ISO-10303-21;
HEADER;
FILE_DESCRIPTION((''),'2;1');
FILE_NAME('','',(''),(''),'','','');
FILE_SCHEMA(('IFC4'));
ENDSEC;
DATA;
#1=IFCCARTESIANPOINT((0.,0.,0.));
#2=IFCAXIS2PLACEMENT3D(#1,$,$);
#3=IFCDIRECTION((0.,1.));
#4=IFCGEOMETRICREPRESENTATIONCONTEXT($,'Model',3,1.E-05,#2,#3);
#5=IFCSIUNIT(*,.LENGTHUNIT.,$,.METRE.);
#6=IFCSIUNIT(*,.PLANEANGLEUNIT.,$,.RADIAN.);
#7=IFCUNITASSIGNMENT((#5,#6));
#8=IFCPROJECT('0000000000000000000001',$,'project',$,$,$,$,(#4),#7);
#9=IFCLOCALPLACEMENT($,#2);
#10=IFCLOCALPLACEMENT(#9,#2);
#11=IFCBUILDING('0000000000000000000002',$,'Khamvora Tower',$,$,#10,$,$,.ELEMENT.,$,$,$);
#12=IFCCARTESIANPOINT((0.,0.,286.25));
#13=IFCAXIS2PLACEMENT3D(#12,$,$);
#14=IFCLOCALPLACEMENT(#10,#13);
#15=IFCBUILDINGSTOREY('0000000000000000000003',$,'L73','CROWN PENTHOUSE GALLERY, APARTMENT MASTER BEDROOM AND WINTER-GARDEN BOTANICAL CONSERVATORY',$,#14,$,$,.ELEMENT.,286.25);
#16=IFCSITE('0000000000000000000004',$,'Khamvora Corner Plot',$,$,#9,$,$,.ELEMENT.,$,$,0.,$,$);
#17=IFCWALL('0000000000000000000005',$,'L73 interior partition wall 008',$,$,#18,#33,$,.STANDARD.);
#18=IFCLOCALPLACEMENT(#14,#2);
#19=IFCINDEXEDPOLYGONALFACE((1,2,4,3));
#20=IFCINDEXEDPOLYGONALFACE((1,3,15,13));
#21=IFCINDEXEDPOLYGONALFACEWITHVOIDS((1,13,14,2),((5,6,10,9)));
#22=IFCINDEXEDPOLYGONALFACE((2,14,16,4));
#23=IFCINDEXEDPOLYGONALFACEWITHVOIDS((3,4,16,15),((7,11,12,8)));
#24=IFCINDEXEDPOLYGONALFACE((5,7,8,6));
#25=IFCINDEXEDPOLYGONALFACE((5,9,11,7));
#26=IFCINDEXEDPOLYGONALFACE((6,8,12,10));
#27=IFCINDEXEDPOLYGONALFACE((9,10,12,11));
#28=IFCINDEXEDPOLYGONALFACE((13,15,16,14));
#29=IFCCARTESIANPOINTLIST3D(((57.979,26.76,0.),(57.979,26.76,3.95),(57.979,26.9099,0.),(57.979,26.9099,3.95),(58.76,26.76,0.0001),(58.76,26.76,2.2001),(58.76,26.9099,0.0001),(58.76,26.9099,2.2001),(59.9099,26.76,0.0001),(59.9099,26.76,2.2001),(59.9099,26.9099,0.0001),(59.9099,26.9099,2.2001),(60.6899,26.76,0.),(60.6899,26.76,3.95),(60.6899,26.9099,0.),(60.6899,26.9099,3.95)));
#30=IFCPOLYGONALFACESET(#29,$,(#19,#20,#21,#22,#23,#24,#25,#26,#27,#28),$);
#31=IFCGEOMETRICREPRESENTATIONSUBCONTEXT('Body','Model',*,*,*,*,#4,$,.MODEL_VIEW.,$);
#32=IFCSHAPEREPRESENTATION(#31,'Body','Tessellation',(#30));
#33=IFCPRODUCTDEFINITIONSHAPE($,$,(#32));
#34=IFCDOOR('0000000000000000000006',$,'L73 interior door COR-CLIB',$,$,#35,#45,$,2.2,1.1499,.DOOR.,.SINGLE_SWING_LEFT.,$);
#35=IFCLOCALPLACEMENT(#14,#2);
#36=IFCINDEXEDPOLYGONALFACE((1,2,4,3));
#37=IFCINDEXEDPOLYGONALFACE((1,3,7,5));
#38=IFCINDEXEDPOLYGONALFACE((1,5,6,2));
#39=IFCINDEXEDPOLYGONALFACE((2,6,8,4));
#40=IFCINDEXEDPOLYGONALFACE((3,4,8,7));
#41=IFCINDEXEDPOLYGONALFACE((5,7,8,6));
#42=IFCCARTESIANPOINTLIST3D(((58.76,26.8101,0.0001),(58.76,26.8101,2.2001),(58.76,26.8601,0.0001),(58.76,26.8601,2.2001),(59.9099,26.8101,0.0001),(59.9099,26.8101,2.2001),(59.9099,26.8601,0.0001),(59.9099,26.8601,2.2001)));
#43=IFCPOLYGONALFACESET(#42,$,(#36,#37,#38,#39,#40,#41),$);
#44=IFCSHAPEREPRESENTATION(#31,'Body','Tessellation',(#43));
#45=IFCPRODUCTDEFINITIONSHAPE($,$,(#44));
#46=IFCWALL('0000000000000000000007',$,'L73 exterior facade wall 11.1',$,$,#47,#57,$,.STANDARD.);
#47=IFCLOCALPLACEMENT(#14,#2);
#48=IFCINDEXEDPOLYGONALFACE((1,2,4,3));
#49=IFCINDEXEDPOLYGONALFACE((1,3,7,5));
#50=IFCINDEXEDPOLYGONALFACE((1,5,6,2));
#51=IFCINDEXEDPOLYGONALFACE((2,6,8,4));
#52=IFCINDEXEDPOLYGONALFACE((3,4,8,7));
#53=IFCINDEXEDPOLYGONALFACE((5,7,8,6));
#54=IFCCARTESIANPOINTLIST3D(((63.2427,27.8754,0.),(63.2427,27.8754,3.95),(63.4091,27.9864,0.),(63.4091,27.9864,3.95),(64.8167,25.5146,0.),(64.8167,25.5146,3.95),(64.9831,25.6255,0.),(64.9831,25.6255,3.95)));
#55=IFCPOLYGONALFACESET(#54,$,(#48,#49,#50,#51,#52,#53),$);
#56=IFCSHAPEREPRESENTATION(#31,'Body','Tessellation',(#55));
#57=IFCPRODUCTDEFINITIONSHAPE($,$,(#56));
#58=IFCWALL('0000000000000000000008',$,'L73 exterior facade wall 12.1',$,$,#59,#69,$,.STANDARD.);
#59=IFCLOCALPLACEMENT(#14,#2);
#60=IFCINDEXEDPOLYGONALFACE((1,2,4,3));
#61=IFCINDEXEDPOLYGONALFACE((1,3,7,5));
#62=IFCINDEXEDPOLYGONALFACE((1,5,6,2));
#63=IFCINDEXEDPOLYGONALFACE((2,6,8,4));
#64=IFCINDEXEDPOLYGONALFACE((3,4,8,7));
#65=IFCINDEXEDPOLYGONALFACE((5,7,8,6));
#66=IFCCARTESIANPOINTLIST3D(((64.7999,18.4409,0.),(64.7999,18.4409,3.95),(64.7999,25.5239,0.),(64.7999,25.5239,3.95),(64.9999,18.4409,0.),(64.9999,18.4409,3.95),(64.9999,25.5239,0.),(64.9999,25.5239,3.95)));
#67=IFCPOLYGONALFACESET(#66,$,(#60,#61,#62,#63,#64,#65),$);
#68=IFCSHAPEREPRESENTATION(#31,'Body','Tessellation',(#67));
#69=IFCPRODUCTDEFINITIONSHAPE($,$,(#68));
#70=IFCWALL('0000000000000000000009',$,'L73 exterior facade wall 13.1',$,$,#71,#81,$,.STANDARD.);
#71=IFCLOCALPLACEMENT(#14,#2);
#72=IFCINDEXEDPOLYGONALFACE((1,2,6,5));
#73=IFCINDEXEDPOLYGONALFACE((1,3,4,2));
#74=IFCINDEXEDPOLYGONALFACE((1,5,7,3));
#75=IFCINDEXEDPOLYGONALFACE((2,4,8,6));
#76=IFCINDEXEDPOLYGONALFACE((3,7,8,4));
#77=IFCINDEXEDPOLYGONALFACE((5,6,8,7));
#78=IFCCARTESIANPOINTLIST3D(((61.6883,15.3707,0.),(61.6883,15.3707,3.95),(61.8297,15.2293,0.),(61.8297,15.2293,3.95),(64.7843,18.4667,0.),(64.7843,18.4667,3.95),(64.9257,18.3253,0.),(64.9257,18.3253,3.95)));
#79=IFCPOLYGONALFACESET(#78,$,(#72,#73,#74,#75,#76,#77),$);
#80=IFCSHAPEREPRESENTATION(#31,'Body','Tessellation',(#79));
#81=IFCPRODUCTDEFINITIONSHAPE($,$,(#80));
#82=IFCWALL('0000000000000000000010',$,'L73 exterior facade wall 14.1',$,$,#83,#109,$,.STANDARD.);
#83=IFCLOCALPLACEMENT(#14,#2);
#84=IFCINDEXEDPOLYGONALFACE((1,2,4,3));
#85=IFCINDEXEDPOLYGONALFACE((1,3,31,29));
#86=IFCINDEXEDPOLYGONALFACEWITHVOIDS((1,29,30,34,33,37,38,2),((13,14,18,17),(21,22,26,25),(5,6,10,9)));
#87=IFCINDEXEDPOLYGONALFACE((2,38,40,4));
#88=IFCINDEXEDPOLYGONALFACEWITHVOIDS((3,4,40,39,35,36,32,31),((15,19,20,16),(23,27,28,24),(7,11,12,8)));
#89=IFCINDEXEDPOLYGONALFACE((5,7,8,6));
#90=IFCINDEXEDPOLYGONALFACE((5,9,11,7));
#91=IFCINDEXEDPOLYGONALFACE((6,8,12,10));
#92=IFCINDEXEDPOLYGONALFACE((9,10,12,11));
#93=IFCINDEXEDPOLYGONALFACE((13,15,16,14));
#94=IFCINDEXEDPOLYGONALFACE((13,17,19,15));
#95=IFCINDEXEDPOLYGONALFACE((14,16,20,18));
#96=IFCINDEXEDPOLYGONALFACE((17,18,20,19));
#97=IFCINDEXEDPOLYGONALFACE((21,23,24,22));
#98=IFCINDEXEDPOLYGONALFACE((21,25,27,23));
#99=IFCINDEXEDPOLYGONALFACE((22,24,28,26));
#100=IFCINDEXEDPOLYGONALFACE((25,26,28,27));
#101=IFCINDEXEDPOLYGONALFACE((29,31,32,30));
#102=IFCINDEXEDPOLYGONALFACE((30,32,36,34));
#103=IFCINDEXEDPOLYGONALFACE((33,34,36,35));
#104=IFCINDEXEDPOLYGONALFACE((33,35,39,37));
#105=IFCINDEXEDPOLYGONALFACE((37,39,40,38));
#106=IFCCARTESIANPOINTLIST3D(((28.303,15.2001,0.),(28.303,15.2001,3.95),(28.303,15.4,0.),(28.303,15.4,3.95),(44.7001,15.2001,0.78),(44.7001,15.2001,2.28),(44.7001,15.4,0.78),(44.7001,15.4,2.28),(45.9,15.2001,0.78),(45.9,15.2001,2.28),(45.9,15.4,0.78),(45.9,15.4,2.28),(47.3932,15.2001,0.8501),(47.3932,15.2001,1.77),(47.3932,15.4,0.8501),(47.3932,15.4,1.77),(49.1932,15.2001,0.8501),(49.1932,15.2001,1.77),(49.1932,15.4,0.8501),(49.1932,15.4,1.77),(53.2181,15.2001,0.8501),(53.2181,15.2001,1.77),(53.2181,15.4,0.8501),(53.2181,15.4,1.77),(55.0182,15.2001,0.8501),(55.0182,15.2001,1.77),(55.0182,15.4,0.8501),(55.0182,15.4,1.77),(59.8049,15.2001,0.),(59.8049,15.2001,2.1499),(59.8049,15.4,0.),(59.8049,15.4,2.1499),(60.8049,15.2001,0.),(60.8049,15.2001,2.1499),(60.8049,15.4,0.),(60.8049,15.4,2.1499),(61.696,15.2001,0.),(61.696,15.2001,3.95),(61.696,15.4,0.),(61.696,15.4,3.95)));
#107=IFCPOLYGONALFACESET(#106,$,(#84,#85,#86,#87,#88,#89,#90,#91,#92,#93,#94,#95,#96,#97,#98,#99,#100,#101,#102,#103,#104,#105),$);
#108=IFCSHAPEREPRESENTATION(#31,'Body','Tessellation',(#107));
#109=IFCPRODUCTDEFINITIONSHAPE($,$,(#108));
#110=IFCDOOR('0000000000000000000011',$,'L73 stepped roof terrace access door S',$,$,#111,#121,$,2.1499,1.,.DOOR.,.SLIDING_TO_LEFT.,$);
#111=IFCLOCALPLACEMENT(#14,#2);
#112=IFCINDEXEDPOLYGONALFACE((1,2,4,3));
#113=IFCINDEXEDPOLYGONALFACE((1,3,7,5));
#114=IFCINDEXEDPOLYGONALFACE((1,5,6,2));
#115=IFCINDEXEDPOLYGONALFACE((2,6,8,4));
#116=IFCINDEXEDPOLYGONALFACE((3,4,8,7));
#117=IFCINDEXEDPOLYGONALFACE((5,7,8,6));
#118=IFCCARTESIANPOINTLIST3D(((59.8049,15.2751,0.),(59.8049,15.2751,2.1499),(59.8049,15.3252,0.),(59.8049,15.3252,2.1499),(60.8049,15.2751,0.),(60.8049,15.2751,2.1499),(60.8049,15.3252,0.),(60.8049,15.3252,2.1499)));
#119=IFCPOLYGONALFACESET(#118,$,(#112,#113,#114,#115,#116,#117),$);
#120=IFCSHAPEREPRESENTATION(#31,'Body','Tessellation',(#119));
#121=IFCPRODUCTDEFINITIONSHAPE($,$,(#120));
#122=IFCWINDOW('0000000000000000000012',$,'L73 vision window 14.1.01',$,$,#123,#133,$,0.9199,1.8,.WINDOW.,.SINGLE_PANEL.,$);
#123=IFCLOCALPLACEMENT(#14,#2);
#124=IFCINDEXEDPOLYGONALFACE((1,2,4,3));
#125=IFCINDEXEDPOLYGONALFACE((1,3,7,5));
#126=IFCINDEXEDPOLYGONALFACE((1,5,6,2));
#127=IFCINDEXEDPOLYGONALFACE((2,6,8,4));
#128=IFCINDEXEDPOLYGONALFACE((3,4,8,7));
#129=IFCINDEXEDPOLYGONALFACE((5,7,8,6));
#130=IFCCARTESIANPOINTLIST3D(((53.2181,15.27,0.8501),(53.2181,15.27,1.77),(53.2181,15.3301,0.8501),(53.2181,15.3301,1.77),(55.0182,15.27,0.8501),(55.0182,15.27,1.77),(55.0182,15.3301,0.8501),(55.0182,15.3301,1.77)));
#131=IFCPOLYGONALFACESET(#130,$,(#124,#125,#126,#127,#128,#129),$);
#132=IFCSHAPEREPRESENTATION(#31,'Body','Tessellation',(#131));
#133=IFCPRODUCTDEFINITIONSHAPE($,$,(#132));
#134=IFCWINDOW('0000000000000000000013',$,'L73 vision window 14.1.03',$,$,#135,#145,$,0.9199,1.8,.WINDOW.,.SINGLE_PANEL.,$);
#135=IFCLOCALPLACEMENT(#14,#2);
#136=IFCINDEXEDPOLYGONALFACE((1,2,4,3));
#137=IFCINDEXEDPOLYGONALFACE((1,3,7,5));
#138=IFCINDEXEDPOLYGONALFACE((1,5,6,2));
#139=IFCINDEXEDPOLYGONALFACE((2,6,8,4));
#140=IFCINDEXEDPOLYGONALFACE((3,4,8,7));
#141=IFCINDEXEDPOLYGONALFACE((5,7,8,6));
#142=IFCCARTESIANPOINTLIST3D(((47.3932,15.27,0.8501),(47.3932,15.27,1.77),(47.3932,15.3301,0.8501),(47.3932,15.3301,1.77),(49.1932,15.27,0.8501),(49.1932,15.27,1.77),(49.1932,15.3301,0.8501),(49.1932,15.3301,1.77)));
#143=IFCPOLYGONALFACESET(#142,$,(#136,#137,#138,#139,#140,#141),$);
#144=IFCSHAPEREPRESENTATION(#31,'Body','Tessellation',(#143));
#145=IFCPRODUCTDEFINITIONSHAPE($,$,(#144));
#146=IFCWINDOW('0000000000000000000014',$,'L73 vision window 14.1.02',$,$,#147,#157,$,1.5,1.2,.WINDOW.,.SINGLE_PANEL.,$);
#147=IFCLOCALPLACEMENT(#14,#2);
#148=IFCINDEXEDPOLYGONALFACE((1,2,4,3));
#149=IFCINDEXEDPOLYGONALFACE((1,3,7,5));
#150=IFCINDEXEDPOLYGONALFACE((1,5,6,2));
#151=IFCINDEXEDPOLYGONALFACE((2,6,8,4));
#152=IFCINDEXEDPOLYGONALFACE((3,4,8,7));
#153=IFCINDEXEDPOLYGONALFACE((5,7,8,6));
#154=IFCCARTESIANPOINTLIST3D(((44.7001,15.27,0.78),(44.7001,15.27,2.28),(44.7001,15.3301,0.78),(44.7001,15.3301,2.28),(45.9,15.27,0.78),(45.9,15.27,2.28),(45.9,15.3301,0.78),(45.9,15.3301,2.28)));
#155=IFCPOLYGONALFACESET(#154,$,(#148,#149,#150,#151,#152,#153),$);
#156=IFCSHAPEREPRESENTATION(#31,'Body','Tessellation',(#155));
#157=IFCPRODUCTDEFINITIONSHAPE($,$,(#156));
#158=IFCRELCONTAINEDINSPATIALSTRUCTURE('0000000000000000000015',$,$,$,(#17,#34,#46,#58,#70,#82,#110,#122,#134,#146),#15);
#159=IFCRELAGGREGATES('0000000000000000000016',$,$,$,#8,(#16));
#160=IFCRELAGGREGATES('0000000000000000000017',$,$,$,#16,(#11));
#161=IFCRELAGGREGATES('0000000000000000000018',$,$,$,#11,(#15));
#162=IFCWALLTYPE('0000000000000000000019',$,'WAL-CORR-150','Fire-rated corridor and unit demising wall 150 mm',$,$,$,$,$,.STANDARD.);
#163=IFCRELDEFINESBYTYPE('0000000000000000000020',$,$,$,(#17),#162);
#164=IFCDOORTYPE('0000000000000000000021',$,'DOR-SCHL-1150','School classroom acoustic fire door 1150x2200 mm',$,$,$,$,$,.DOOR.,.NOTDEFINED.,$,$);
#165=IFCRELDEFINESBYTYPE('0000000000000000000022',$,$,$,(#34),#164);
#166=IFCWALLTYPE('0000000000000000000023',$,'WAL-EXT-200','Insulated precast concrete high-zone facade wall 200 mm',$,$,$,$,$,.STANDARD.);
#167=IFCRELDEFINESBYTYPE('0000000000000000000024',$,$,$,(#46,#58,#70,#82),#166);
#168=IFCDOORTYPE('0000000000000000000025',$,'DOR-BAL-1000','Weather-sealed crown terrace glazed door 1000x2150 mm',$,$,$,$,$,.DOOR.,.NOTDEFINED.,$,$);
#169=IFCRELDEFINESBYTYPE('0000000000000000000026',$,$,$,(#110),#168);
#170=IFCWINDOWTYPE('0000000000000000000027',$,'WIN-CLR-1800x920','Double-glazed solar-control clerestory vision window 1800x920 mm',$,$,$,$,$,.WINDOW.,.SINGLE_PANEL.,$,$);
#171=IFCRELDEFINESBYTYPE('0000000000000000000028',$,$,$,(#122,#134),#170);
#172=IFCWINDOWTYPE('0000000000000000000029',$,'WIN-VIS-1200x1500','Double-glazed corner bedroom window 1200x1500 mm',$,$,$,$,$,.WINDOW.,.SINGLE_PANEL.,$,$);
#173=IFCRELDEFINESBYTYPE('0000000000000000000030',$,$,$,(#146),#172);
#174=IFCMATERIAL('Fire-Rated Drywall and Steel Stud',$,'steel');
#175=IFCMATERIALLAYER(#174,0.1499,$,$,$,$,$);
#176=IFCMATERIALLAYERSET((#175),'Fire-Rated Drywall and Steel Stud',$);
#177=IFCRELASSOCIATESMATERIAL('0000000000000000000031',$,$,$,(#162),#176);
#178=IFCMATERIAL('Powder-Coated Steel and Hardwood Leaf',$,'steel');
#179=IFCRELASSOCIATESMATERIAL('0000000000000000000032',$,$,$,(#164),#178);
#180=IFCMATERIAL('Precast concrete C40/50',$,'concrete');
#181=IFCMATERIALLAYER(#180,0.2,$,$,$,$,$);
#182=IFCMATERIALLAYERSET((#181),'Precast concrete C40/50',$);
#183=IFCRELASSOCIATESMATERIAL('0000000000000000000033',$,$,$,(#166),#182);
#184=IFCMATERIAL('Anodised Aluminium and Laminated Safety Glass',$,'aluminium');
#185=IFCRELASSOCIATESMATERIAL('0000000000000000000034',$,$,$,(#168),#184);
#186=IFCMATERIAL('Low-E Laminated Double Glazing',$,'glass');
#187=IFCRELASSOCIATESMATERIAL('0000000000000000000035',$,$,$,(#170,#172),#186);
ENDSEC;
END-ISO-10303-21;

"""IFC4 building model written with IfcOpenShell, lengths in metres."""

from ifc_helpers import new_model, si_unit, direction, frame, frame_2d, origin, place, context, subcontext, project, spatial, rectangle, extrude, material, layer, layer_set, type_object, element, fill, save


model = new_model("IFC4")

# Units and contexts
model_context = context("Model", 3, precision=1e-05, world=origin(), true_north=direction((0.0, 1.0)))
body_context = subcontext(model_context, "Body", "Model", "MODEL_VIEW")
ifc_project = project(units=[si_unit("LENGTHUNIT", "METRE"), si_unit("PLANEANGLEUNIT", "RADIAN")], contexts=[model_context])

# Site, building, storey
site_placement = place(None, origin())
site = spatial("IfcSite", under=ifc_project, at=site_placement, Name="Khamvora Corner Plot", CompositionType="ELEMENT", RefElevation=0.0)
building_placement = place(site_placement, origin())
building = spatial("IfcBuilding", under=site, at=building_placement, Name="Khamvora Tower", CompositionType="ELEMENT")
storey_placement = place(building_placement, frame((0.0, 0.0, 286.25)))
storey = spatial("IfcBuildingStorey", under=building, at=storey_placement, Name="L73", Description="CROWN PENTHOUSE GALLERY, APARTMENT MASTER BEDROOM AND WINTER-GARDEN BOTANICAL CONSERVATORY", CompositionType="ELEMENT", Elevation=286.25)

# Wall, opening, door
ifc_material_1 = material(Name="Fire-Rated Drywall and Steel Stud", Category="steel")
ifc_layer_1 = layer(ifc_material_1, 0.1499)
ifc_layer_set_1 = layer_set([ifc_layer_1], Name="Fire-Rated Drywall and Steel Stud")
wall_type_1 = type_object("IfcWallType", Name="WAL-CORR-150", Description="Fire-rated corridor and unit demising wall 150 mm", PredefinedType="STANDARD", material=ifc_layer_set_1)
wall_1_placement = place(storey_placement, frame((60.6899, 26.835, 0.0), z_axis=(0.0, 0.0, 1.0), x_axis=(-1.0, 0.0, 0.0)))
wall_1 = element("IfcWall", 1, at=wall_1_placement, inside=storey, type_object=wall_type_1, Name="L73 interior partition wall 008", PredefinedType="STANDARD", context=body_context, shape_type="SweptSolid", body=[
    extrude(rectangle(XDim=2.7109, YDim=0.1499, at=frame_2d((1.3555, 0.0))), origin(), (0.0, 0.0, 1.0), 3.95),
])
opening_1_placement = place(wall_1_placement, frame((0.78, 0.0, 0.0)))
opening_1 = element("IfcOpeningElement", 2, at=opening_1_placement, cuts=wall_1, PredefinedType="OPENING", context=body_context, shape_type="SweptSolid", body=[
    extrude(rectangle(XDim=1.1499, YDim=2.2, at=frame_2d((0.575, 1.1001))), frame((0.0, 0.085, 0.0), z_axis=(0.0, -1.0, 0.0), x_axis=(1.0, 0.0, 0.0)), (0.0, 0.0, 1.0), 0.1699),
])
ifc_material_2 = material(Name="Powder-Coated Steel and Hardwood Leaf", Category="steel")
door_type_1 = type_object("IfcDoorType", Name="DOR-SCHL-1150", Description="School classroom acoustic fire door 1150x2200 mm", OperationType="NOTDEFINED", PredefinedType="DOOR", material=ifc_material_2)
door_1_placement = place(opening_1_placement, origin())
door_1 = element("IfcDoor", 3, at=door_1_placement, inside=storey, type_object=door_type_1, Name="L73 interior door COR-CLIB", OperationType="SINGLE_SWING_LEFT", OverallHeight=2.2, OverallWidth=1.1499, PredefinedType="DOOR", context=body_context, shape_type="SweptSolid", body=[
    extrude(rectangle(XDim=1.1499, YDim=2.2, at=frame_2d((0.575, 1.1001))), frame((0.0, 0.0249, 0.0), z_axis=(0.0, -1.0, 0.0), x_axis=(1.0, 0.0, 0.0)), (0.0, 0.0, 1.0), 0.05),
])
fill(opening_1, door_1)

# Walls
ifc_material_3 = material(Name="Precast concrete C40/50", Category="concrete")
ifc_layer_2 = layer(ifc_material_3, 0.2)
ifc_layer_set_2 = layer_set([ifc_layer_2], Name="Precast concrete C40/50")
wall_type_2 = type_object("IfcWallType", Name="WAL-EXT-200", Description="Insulated precast concrete high-zone facade wall 200 mm", PredefinedType="STANDARD", material=ifc_layer_set_2)
wall_2_placement = place(storey_placement, frame((63.3259, 27.9309, 0.0), z_axis=(0.0, 0.0, 1.0), x_axis=(0.55472, -0.832037, 0.0)))
element("IfcWall", 4, at=wall_2_placement, inside=storey, type_object=wall_type_2, Name="L73 exterior facade wall 11.1", PredefinedType="STANDARD", context=body_context, shape_type="SweptSolid", body=[
    extrude(rectangle(XDim=2.8374, YDim=0.2, at=frame_2d((1.4187, 0.0))), origin(), (0.0, 0.0, 1.0), 3.95),
])
wall_3_placement = place(storey_placement, frame((64.8999, 25.5239, 0.0), z_axis=(0.0, 0.0, 1.0), x_axis=(0.0, -1.0, 0.0)))
element("IfcWall", 5, at=wall_3_placement, inside=storey, type_object=wall_type_2, Name="L73 exterior facade wall 12.1", PredefinedType="STANDARD", context=body_context, shape_type="SweptSolid", body=[
    extrude(rectangle(XDim=7.083, YDim=0.2, at=frame_2d((3.5415, 0.0))), origin(), (0.0, 0.0, 1.0), 3.95),
])
wall_4_placement = place(storey_placement, frame((64.855, 18.396, 0.0), z_axis=(0.0, 0.0, 1.0), x_axis=(-0.707107, -0.707107, 0.0)))
element("IfcWall", 6, at=wall_4_placement, inside=storey, type_object=wall_type_2, Name="L73 exterior facade wall 13.1", PredefinedType="STANDARD", context=body_context, shape_type="SweptSolid", body=[
    extrude(rectangle(XDim=4.3784, YDim=0.2, at=frame_2d((2.1892, 0.0))), origin(), (0.0, 0.0, 1.0), 3.95),
])

# Wall, openings, door, windows
wall_5_placement = place(storey_placement, frame((61.696, 15.3, 0.0), z_axis=(0.0, 0.0, 1.0), x_axis=(-1.0, 0.0, 0.0)))
wall_5 = element("IfcWall", 7, at=wall_5_placement, inside=storey, type_object=wall_type_2, Name="L73 exterior facade wall 14.1", PredefinedType="STANDARD", context=body_context, shape_type="SweptSolid", body=[
    extrude(rectangle(XDim=33.3931, YDim=0.2, at=frame_2d((16.6965, 0.0))), origin(), (0.0, 0.0, 1.0), 3.95),
])
opening_2_placement = place(wall_5_placement, frame((0.8911, 0.0, 0.0)))
opening_2 = element("IfcOpeningElement", 8, at=opening_2_placement, cuts=wall_5, PredefinedType="OPENING", context=body_context, shape_type="SweptSolid", body=[
    extrude(rectangle(XDim=1.0, YDim=2.1499, at=frame_2d((0.5, 1.075))), frame((0.0, 0.1099, 0.0), z_axis=(0.0, -1.0, 0.0), x_axis=(1.0, 0.0, 0.0)), (0.0, 0.0, 1.0), 0.22),
])
opening_3_placement = place(wall_5_placement, frame((6.678, 0.0, 0.8501)))
opening_3 = element("IfcOpeningElement", 9, at=opening_3_placement, cuts=wall_5, PredefinedType="OPENING", context=body_context, shape_type="SweptSolid", body=[
    extrude(rectangle(XDim=1.8, YDim=0.9199, at=frame_2d((0.8999, 0.46))), frame((0.0, 0.1099, 0.0), z_axis=(0.0, -1.0, 0.0), x_axis=(1.0, 0.0, 0.0)), (0.0, 0.0, 1.0), 0.22),
])
opening_4_placement = place(wall_5_placement, frame((15.7959, 0.0, 0.78)))
opening_4 = element("IfcOpeningElement", 10, at=opening_4_placement, cuts=wall_5, PredefinedType="OPENING", context=body_context, shape_type="SweptSolid", body=[
    extrude(rectangle(XDim=1.2, YDim=1.5, at=frame_2d((0.6001, 0.75))), frame((0.0, 0.1099, 0.0), z_axis=(0.0, -1.0, 0.0), x_axis=(1.0, 0.0, 0.0)), (0.0, 0.0, 1.0), 0.22),
])
opening_5_placement = place(wall_5_placement, frame((12.5029, 0.0, 0.8501)))
opening_5 = element("IfcOpeningElement", 11, at=opening_5_placement, cuts=wall_5, PredefinedType="OPENING", context=body_context, shape_type="SweptSolid", body=[
    extrude(rectangle(XDim=1.8, YDim=0.9199, at=frame_2d((0.8999, 0.46))), frame((0.0, 0.1099, 0.0), z_axis=(0.0, -1.0, 0.0), x_axis=(1.0, 0.0, 0.0)), (0.0, 0.0, 1.0), 0.22),
])
ifc_material_4 = material(Name="Anodised Aluminium and Laminated Safety Glass", Category="aluminium")
door_type_2 = type_object("IfcDoorType", Name="DOR-BAL-1000", Description="Weather-sealed crown terrace glazed door 1000x2150 mm", OperationType="NOTDEFINED", PredefinedType="DOOR", material=ifc_material_4)
door_2_placement = place(opening_2_placement, origin())
door_2 = element("IfcDoor", 12, at=door_2_placement, inside=storey, type_object=door_type_2, Name="L73 stepped roof terrace access door S", OperationType="SLIDING_TO_LEFT", OverallHeight=2.1499, OverallWidth=1.0, PredefinedType="DOOR", context=body_context, shape_type="SweptSolid", body=[
    extrude(rectangle(XDim=1.0, YDim=2.1499, at=frame_2d((0.5, 1.075))), frame((0.0, 0.0249, 0.0), z_axis=(0.0, -1.0, 0.0), x_axis=(1.0, 0.0, 0.0)), (0.0, 0.0, 1.0), 0.05),
])
fill(opening_2, door_2)
ifc_material_5 = material(Name="Low-E Laminated Double Glazing", Category="glass")
window_type_1 = type_object("IfcWindowType", Name="WIN-CLR-1800x920", Description="Double-glazed solar-control clerestory vision window 1800x920 mm", PartitioningType="SINGLE_PANEL", PredefinedType="WINDOW", material=ifc_material_5)
window_1_placement = place(opening_3_placement, origin())
window_1 = element("IfcWindow", 13, at=window_1_placement, inside=storey, type_object=window_type_1, Name="L73 vision window 14.1.01", OverallHeight=0.9199, OverallWidth=1.8, PartitioningType="SINGLE_PANEL", PredefinedType="WINDOW", context=body_context, shape_type="SweptSolid", body=[
    extrude(rectangle(XDim=1.8, YDim=0.9199, at=frame_2d((0.8999, 0.46))), frame((0.0, 0.03, 0.0), z_axis=(0.0, -1.0, 0.0), x_axis=(1.0, 0.0, 0.0)), (0.0, 0.0, 1.0), 0.0601),
])
fill(opening_3, window_1)
window_2_placement = place(opening_5_placement, origin())
window_2 = element("IfcWindow", 14, at=window_2_placement, inside=storey, type_object=window_type_1, Name="L73 vision window 14.1.03", OverallHeight=0.9199, OverallWidth=1.8, PartitioningType="SINGLE_PANEL", PredefinedType="WINDOW", context=body_context, shape_type="SweptSolid", body=[
    extrude(rectangle(XDim=1.8, YDim=0.9199, at=frame_2d((0.8999, 0.46))), frame((0.0, 0.03, 0.0), z_axis=(0.0, -1.0, 0.0), x_axis=(1.0, 0.0, 0.0)), (0.0, 0.0, 1.0), 0.0601),
])
fill(opening_5, window_2)
window_type_2 = type_object("IfcWindowType", Name="WIN-VIS-1200x1500", Description="Double-glazed corner bedroom window 1200x1500 mm", PartitioningType="SINGLE_PANEL", PredefinedType="WINDOW", material=ifc_material_5)
window_3_placement = place(opening_4_placement, origin())
window_3 = element("IfcWindow", 15, at=window_3_placement, inside=storey, type_object=window_type_2, Name="L73 vision window 14.1.02", OverallHeight=1.5, OverallWidth=1.2, PartitioningType="SINGLE_PANEL", PredefinedType="WINDOW", context=body_context, shape_type="SweptSolid", body=[
    extrude(rectangle(XDim=1.2, YDim=1.5, at=frame_2d((0.6001, 0.75))), frame((0.0, 0.03, 0.0), z_axis=(0.0, -1.0, 0.0), x_axis=(1.0, 0.0, 0.0)), (0.0, 0.0, 1.0), 0.0601),
])
fill(opening_4, window_3)

save(model, "model.ifc")
